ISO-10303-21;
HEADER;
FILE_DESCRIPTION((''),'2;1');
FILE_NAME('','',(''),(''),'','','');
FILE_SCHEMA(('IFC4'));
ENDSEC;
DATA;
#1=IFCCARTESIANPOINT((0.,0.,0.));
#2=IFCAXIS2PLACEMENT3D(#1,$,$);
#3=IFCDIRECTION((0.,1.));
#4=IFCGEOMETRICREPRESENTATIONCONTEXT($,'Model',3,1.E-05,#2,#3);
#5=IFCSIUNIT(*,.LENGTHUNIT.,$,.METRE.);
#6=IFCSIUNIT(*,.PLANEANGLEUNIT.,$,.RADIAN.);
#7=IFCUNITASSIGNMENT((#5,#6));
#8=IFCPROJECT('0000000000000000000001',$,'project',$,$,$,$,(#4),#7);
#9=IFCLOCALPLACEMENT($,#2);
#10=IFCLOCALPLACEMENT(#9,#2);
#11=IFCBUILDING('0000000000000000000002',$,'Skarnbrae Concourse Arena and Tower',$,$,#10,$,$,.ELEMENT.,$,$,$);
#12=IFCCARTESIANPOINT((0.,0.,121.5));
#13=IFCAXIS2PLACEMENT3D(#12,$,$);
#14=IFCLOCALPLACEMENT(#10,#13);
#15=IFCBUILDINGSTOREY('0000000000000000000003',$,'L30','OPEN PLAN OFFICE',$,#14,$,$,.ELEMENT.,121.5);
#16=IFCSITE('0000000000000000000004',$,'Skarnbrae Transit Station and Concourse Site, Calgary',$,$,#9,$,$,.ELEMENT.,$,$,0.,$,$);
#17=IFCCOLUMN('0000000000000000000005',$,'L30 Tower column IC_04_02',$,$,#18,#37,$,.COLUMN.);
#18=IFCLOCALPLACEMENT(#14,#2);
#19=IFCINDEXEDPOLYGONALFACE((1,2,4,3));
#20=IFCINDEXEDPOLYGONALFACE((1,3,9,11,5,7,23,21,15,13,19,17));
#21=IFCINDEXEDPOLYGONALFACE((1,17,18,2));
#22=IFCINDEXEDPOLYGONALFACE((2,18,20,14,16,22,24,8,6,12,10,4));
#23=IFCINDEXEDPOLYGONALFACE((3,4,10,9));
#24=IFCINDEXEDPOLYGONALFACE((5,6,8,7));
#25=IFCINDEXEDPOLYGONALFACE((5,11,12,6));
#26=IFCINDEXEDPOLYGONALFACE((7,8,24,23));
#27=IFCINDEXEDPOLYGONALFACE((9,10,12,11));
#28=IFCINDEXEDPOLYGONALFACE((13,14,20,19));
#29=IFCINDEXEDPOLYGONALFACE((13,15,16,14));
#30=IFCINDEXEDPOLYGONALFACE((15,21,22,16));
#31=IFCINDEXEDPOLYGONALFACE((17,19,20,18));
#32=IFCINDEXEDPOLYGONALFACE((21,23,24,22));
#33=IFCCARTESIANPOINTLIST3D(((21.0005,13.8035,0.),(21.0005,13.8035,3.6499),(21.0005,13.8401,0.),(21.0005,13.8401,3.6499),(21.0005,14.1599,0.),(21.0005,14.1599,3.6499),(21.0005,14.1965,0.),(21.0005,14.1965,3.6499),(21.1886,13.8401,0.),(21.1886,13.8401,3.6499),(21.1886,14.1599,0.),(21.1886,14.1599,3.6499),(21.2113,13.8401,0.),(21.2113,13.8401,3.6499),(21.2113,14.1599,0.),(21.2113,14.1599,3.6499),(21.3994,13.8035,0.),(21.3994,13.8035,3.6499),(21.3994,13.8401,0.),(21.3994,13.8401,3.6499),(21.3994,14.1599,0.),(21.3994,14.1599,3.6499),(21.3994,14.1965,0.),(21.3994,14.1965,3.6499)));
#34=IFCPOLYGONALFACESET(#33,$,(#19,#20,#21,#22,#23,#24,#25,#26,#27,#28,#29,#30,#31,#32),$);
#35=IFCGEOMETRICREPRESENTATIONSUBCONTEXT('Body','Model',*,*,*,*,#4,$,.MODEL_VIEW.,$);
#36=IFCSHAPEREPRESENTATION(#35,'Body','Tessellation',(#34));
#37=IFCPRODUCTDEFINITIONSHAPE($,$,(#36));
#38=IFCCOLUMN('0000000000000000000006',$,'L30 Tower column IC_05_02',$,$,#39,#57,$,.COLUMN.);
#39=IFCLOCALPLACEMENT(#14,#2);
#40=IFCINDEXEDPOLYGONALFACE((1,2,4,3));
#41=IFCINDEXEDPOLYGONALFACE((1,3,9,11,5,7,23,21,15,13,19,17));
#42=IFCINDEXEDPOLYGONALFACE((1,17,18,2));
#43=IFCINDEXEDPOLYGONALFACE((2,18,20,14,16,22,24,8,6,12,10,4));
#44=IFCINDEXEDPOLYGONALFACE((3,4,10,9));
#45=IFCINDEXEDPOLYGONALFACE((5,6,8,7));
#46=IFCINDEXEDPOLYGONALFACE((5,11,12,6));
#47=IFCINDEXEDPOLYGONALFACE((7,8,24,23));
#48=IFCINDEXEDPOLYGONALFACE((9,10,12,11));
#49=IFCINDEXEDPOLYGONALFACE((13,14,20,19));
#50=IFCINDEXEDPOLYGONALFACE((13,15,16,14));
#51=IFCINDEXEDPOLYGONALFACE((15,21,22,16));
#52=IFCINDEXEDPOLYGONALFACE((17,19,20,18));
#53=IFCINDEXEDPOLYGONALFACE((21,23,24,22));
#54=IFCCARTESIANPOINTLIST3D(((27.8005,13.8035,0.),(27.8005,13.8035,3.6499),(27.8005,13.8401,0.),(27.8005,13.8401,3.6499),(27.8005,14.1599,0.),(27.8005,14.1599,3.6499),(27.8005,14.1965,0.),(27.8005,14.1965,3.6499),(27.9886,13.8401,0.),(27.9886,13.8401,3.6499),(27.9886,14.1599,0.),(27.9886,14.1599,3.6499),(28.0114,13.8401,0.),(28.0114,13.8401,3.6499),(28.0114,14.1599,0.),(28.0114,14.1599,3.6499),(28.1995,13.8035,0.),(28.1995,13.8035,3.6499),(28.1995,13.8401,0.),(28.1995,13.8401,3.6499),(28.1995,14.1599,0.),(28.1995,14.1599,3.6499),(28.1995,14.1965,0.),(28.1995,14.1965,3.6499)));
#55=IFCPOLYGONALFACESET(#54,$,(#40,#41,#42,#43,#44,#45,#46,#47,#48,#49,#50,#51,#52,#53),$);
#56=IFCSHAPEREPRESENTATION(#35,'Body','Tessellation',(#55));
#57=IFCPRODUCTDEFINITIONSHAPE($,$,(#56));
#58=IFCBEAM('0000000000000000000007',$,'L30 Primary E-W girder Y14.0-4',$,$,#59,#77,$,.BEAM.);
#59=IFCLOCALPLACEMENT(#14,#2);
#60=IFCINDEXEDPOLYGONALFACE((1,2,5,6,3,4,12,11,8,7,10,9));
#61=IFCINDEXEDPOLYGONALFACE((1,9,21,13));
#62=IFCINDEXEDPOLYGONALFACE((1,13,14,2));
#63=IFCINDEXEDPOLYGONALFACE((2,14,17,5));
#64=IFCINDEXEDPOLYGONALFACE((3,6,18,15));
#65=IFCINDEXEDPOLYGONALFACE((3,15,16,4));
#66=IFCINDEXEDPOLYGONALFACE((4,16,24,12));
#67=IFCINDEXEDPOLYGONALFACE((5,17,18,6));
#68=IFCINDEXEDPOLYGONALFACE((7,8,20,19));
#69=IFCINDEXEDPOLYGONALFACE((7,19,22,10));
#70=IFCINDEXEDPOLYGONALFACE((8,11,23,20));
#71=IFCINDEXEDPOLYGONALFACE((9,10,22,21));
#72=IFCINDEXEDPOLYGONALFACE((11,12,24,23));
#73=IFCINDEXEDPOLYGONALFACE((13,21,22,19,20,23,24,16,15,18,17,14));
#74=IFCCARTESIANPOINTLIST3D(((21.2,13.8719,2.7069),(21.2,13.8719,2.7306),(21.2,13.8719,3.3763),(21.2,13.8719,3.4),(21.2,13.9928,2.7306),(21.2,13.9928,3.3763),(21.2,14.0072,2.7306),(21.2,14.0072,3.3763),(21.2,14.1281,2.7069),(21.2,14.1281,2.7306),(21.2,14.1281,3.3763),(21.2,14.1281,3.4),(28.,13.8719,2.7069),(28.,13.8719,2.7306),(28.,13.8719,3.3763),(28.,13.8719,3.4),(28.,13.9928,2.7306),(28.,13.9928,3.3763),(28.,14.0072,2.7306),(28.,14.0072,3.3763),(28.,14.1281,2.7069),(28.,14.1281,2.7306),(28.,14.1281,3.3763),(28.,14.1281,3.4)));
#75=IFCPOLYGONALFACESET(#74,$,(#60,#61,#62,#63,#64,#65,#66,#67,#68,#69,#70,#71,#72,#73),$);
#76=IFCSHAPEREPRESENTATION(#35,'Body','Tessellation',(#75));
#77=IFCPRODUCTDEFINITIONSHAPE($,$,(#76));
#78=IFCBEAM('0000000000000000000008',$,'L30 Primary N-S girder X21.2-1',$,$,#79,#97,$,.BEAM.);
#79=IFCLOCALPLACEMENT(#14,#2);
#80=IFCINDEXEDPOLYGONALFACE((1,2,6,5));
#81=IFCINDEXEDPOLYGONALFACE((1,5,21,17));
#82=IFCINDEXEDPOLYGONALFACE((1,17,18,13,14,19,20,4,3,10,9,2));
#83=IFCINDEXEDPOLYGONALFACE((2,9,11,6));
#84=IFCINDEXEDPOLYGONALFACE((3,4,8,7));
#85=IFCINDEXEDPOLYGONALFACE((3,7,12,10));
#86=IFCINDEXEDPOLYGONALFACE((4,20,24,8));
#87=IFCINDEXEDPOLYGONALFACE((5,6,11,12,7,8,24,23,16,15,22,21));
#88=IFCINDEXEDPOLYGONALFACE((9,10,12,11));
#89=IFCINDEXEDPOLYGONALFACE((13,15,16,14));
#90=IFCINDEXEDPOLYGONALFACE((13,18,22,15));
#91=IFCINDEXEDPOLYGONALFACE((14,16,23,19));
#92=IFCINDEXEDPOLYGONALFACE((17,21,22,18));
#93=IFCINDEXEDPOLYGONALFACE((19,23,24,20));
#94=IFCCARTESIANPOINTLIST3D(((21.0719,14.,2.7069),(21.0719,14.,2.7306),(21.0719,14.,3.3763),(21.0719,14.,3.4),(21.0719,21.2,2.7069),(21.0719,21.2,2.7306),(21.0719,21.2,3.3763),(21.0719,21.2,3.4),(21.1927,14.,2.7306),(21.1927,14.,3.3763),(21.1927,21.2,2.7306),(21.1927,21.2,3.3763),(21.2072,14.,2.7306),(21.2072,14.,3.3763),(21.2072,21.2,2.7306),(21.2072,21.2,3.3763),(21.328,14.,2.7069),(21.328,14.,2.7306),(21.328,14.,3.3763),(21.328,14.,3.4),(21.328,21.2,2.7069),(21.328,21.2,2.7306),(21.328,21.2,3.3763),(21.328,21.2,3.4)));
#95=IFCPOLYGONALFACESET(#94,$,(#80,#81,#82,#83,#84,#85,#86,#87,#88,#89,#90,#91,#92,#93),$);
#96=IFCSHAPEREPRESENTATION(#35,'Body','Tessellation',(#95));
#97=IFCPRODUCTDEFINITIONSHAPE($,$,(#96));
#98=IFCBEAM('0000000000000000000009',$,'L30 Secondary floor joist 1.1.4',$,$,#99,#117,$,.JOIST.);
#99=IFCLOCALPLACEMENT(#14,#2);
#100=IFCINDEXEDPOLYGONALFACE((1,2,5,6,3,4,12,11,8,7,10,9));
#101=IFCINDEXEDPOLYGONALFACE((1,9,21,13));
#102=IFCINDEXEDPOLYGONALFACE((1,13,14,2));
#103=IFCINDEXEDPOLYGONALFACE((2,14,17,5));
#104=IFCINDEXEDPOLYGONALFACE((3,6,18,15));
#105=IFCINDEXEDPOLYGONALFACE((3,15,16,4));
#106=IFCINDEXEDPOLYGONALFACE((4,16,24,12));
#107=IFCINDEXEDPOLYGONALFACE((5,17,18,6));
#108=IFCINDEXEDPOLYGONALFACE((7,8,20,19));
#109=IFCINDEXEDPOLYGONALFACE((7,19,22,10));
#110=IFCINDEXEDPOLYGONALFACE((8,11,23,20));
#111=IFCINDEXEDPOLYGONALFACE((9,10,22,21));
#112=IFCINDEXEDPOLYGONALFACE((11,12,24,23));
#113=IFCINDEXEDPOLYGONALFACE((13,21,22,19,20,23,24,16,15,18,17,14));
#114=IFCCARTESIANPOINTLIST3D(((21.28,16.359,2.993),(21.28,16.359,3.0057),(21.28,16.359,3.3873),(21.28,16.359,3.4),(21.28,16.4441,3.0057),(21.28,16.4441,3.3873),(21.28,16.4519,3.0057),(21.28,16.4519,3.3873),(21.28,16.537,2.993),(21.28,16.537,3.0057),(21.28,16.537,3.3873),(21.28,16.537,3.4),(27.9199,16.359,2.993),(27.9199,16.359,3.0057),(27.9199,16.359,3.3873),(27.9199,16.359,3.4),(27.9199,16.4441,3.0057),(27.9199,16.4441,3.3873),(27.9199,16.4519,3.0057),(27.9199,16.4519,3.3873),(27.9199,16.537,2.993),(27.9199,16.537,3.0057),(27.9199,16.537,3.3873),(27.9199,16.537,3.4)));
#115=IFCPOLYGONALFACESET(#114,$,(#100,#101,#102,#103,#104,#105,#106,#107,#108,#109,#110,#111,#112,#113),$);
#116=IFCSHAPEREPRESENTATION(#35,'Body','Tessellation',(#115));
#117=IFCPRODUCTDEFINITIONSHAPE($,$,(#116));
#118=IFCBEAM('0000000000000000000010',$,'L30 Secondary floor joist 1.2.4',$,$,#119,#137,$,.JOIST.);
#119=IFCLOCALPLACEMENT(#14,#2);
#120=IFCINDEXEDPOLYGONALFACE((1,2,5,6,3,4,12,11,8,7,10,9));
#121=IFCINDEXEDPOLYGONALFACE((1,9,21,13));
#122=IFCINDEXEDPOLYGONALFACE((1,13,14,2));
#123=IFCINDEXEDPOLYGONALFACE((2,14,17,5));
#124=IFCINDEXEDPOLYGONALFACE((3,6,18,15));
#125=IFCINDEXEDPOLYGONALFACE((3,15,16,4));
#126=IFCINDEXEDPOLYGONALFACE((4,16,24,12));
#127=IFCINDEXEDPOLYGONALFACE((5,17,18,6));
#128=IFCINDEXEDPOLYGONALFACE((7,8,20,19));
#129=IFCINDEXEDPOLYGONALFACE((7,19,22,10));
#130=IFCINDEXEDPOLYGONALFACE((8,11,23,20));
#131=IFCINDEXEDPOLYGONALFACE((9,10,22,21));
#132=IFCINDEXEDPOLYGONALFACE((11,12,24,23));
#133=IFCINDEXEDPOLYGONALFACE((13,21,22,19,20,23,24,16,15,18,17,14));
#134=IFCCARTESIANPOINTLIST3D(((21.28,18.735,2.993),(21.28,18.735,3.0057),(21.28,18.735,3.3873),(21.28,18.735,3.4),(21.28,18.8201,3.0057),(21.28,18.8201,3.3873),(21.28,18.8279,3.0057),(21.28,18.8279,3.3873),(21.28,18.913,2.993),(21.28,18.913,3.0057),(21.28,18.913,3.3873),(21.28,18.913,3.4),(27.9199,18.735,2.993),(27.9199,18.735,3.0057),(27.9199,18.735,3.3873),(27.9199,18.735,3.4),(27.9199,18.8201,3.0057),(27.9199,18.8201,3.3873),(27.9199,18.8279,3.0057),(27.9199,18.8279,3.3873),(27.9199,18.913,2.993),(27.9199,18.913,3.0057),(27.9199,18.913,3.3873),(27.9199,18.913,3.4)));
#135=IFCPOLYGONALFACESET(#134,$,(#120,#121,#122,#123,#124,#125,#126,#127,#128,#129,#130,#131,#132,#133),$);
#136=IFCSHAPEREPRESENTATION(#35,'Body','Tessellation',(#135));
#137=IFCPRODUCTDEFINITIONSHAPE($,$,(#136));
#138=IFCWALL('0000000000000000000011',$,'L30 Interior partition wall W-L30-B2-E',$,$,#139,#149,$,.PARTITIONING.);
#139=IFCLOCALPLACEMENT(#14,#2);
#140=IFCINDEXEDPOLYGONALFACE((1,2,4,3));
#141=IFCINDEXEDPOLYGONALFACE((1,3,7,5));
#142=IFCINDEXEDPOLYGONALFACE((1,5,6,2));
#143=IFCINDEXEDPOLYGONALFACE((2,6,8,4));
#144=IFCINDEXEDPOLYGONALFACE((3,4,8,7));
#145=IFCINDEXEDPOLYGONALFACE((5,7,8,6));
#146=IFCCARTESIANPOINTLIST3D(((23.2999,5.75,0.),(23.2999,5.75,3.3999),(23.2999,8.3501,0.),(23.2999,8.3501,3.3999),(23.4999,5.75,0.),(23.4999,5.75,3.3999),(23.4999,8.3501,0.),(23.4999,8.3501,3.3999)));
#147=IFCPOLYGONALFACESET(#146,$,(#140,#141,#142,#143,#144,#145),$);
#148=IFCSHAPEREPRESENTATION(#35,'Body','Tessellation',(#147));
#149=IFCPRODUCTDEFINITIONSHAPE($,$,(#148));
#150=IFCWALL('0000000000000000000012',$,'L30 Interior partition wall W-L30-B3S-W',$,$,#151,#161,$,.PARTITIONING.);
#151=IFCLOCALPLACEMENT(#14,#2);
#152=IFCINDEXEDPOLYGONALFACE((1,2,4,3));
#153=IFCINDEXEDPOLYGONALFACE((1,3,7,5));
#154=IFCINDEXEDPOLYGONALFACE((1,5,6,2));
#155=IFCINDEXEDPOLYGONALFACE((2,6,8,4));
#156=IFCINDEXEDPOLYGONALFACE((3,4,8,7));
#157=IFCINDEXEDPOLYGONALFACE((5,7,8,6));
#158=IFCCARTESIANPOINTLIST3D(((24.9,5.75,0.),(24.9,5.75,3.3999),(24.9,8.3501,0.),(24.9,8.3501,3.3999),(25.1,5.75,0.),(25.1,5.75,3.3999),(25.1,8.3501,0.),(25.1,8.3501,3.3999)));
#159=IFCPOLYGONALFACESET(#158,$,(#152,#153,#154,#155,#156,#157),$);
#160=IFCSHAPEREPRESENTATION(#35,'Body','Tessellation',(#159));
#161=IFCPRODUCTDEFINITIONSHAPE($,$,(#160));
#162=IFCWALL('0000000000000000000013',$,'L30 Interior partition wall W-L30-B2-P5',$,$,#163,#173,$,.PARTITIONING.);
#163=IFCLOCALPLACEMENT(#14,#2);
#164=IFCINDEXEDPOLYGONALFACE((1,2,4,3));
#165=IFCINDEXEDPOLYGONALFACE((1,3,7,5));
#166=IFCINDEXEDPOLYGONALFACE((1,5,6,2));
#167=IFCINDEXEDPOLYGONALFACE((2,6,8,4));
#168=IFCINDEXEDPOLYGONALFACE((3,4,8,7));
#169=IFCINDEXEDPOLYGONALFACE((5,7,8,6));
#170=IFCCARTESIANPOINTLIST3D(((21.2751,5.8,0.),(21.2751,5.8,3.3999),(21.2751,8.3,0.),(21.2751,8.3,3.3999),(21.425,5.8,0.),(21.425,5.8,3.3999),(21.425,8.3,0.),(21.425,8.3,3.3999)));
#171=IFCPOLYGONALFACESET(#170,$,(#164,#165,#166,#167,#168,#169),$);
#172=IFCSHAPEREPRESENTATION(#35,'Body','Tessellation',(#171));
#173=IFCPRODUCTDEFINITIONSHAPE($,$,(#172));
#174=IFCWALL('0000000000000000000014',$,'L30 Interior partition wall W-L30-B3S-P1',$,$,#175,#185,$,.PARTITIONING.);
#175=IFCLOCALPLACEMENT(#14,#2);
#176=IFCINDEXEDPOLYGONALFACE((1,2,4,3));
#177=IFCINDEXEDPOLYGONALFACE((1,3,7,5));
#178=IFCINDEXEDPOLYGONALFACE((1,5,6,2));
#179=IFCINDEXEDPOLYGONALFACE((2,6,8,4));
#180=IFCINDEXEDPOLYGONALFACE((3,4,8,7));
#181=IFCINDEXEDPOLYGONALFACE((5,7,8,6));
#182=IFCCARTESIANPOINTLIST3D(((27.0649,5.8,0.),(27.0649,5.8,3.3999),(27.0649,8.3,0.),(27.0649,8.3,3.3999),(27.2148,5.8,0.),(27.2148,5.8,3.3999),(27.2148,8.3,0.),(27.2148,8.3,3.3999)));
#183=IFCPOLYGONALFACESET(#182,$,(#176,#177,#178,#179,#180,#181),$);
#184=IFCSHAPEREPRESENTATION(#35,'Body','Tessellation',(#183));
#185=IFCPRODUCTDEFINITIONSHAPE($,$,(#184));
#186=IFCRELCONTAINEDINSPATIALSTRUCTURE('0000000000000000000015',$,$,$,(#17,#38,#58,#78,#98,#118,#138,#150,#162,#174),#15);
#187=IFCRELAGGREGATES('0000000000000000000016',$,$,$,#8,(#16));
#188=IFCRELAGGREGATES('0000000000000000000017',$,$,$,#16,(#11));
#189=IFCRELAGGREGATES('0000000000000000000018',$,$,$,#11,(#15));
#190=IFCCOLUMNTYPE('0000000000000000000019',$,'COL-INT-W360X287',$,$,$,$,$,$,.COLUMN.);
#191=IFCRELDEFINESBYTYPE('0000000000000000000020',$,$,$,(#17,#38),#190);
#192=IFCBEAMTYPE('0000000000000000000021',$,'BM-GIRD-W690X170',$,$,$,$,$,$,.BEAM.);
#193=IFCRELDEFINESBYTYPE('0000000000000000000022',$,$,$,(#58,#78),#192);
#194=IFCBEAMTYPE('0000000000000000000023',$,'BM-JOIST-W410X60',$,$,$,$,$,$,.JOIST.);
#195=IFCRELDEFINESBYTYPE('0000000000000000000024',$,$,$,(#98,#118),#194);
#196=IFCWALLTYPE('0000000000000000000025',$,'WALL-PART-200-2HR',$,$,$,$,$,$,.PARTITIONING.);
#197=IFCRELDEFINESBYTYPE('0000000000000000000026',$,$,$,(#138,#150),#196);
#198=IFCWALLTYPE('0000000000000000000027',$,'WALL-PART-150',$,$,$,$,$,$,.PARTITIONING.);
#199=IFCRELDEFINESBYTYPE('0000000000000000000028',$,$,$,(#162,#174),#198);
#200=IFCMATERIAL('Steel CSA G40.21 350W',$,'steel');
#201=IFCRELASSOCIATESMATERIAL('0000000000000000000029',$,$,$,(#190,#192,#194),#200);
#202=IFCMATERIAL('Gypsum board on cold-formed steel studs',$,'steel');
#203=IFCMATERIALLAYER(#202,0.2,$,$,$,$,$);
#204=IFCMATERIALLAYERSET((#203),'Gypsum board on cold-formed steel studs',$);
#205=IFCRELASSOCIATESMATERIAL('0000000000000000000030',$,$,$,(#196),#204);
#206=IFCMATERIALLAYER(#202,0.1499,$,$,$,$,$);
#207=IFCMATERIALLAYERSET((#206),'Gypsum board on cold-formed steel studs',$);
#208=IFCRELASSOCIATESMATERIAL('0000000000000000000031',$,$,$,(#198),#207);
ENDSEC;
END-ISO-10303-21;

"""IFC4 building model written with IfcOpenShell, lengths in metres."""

from ifc_helpers import new_model, si_unit, direction, frame, frame_2d, origin, origin_2d, place, context, subcontext, project, spatial, rectangle, i_section, extrude, source, transform, mapped, material, layer, layer_set, material_profile, profile_set, type_object, element, save


model = new_model("IFC4")

# Units and contexts
model_context = context("Model", 3, precision=1e-05, world=origin(), true_north=direction((0.0, 1.0)))
body_context = subcontext(model_context, "Body", "Model", "MODEL_VIEW")
ifc_project = project(units=[si_unit("LENGTHUNIT", "METRE"), si_unit("PLANEANGLEUNIT", "RADIAN")], contexts=[model_context])

# Site, building, storey
site_placement = place(None, origin())
site = spatial("IfcSite", under=ifc_project, at=site_placement, Name="Skarnbrae Transit Station and Concourse Site, Calgary", CompositionType="ELEMENT", RefElevation=0.0)
building_placement = place(site_placement, origin())
building = spatial("IfcBuilding", under=site, at=building_placement, Name="Skarnbrae Concourse Arena and Tower", CompositionType="ELEMENT")
storey_placement = place(building_placement, frame((0.0, 0.0, 121.5)))
storey = spatial("IfcBuildingStorey", under=building, at=storey_placement, Name="L30", Description="OPEN PLAN OFFICE", CompositionType="ELEMENT", Elevation=121.5)

# Columns
ifc_material_1 = material(Name="Steel CSA G40.21 350W", Category="steel")
ifc_material_profile_1 = material_profile(ifc_material_1, i_section(OverallWidth=0.3989, OverallDepth=0.3931, WebThickness=0.0227, FlangeThickness=0.0366, at=origin_2d()), Name="W360X287")
ifc_profile_set_1 = profile_set([ifc_material_profile_1], Name="Steel CSA G40.21 350W")
column_type = type_object("IfcColumnType", Name="COL-INT-W360X287", PredefinedType="COLUMN", material=ifc_profile_set_1)
shared_shape_1 = source(origin(), body_context, "Body", "SweptSolid", [
    extrude(i_section(OverallWidth=0.3989, OverallDepth=0.3931, WebThickness=0.0227, FlangeThickness=0.0366, at=origin_2d()), origin(), (0.0, 0.0, 1.0), 3.6499),
])
for number, where, z_axis, x_axis, name in (
    (1, (21.2, 14.0, 0.0), (0.0, 0.0, 1.0), (1.0, 0.0, 0.0), "L30 Tower column IC_04_02"),
    (2, (28.0, 14.0, 0.0), (0.0, 0.0, 1.0), (1.0, 0.0, 0.0), "L30 Tower column IC_05_02"),
):
    element("IfcColumn", number, at=place(storey_placement, frame(where, z_axis=z_axis, x_axis=x_axis)), inside=storey, type_object=column_type, Name=name, PredefinedType="COLUMN", context=body_context, shape_type="MappedRepresentation", body=[
        mapped(shared_shape_1, transform((0.0, 0.0, 0.0))),
    ])

# Beams
ifc_material_profile_2 = material_profile(ifc_material_1, i_section(OverallWidth=0.2561, OverallDepth=0.6931, WebThickness=0.0144, FlangeThickness=0.0237, at=origin_2d()), Name="W690X170")
ifc_profile_set_2 = profile_set([ifc_material_profile_2], Name="Steel CSA G40.21 350W")
beam_type_1 = type_object("IfcBeamType", Name="BM-GIRD-W690X170", PredefinedType="BEAM", material=ifc_profile_set_2)
shared_shape_2 = source(origin(), body_context, "Body", "SweptSolid", [
    extrude(i_section(OverallWidth=0.2561, OverallDepth=0.6931, WebThickness=0.0144, FlangeThickness=0.0237, at=origin_2d()), origin(), (0.0, 0.0, 1.0), 6.8),
])
beam_1_placement = place(storey_placement, frame((21.2, 14.0, 3.0535), z_axis=(1.0, 0.0, 0.0), x_axis=(0.0, 1.0, 0.0)))
element("IfcBeam", 3, at=beam_1_placement, inside=storey, type_object=beam_type_1, Name="L30 Primary E-W girder Y14.0-4", PredefinedType="BEAM", context=body_context, shape_type="MappedRepresentation", body=[
    mapped(shared_shape_2, transform((0.0, 0.0, 0.0))),
])
shared_shape_3 = source(origin(), body_context, "Body", "SweptSolid", [
    extrude(i_section(OverallWidth=0.2561, OverallDepth=0.6931, WebThickness=0.0144, FlangeThickness=0.0237, at=origin_2d()), origin(), (0.0, 0.0, 1.0), 7.2),
])
beam_2_placement = place(storey_placement, frame((21.2, 14.0, 3.0535), z_axis=(0.0, 1.0, 0.0), x_axis=(-1.0, 0.0, 0.0)))
element("IfcBeam", 4, at=beam_2_placement, inside=storey, type_object=beam_type_1, Name="L30 Primary N-S girder X21.2-1", PredefinedType="BEAM", context=body_context, shape_type="MappedRepresentation", body=[
    mapped(shared_shape_3, transform((0.0, 0.0, 0.0))),
])
ifc_material_profile_3 = material_profile(ifc_material_1, i_section(OverallWidth=0.178, OverallDepth=0.407, WebThickness=0.0078, FlangeThickness=0.0127, at=origin_2d()), Name="W410X60")
ifc_profile_set_3 = profile_set([ifc_material_profile_3], Name="Steel CSA G40.21 350W")
beam_type_2 = type_object("IfcBeamType", Name="BM-JOIST-W410X60", PredefinedType="JOIST", material=ifc_profile_set_3)
shared_shape_4 = source(origin(), body_context, "Body", "SweptSolid", [
    extrude(i_section(OverallWidth=0.178, OverallDepth=0.407, WebThickness=0.0078, FlangeThickness=0.0127, at=origin_2d()), origin(), (0.0, 0.0, 1.0), 6.6399),
])
for number, where, z_axis, x_axis, name in (
    (5, (21.28, 16.448, 3.1965), (1.0, 0.0, 0.0), (0.0, 1.0, 0.0), "L30 Secondary floor joist 1.1.4"),
    (6, (21.28, 18.824, 3.1965), (1.0, 0.0, 0.0), (0.0, 1.0, 0.0), "L30 Secondary floor joist 1.2.4"),
):
    element("IfcBeam", number, at=place(storey_placement, frame(where, z_axis=z_axis, x_axis=x_axis)), inside=storey, type_object=beam_type_2, Name=name, PredefinedType="JOIST", context=body_context, shape_type="MappedRepresentation", body=[
        mapped(shared_shape_4, transform((0.0, 0.0, 0.0))),
    ])

# Walls
ifc_material_2 = material(Name="Gypsum board on cold-formed steel studs", Category="steel")
ifc_layer_1 = layer(ifc_material_2, 0.2)
ifc_layer_set_1 = layer_set([ifc_layer_1], Name="Gypsum board on cold-formed steel studs")
wall_type_1 = type_object("IfcWallType", Name="WALL-PART-200-2HR", PredefinedType="PARTITIONING", material=ifc_layer_set_1)
shared_shape_5 = source(origin(), body_context, "Body", "SweptSolid", [
    extrude(rectangle(XDim=2.6001, YDim=0.2, at=frame_2d((1.3, 0.0))), origin(), (0.0, 0.0, 1.0), 3.3999),
])
for number, where, z_axis, x_axis, name in (
    (7, (23.3999, 5.75, 0.0), (0.0, 0.0, 1.0), (0.0, 1.0, 0.0), "L30 Interior partition wall W-L30-B2-E"),
    (8, (25.0, 5.75, 0.0), (0.0, 0.0, 1.0), (0.0, 1.0, 0.0), "L30 Interior partition wall W-L30-B3S-W"),
):
    element("IfcWall", number, at=place(storey_placement, frame(where, z_axis=z_axis, x_axis=x_axis)), inside=storey, type_object=wall_type_1, Name=name, PredefinedType="PARTITIONING", context=body_context, shape_type="MappedRepresentation", body=[
        mapped(shared_shape_5, transform((0.0, 0.0, 0.0))),
    ])
ifc_layer_2 = layer(ifc_material_2, 0.1499)
ifc_layer_set_2 = layer_set([ifc_layer_2], Name="Gypsum board on cold-formed steel studs")
wall_type_2 = type_object("IfcWallType", Name="WALL-PART-150", PredefinedType="PARTITIONING", material=ifc_layer_set_2)
shared_shape_6 = source(origin(), body_context, "Body", "SweptSolid", [
    extrude(rectangle(XDim=2.5, YDim=0.1499, at=frame_2d((1.25, 0.0))), origin(), (0.0, 0.0, 1.0), 3.3999),
])
for number, where, z_axis, x_axis, name in (
    (9, (21.3501, 5.8, 0.0), (0.0, 0.0, 1.0), (0.0, 1.0, 0.0), "L30 Interior partition wall W-L30-B2-P5"),
    (10, (27.1399, 5.8, 0.0), (0.0, 0.0, 1.0), (0.0, 1.0, 0.0), "L30 Interior partition wall W-L30-B3S-P1"),
):
    element("IfcWall", number, at=place(storey_placement, frame(where, z_axis=z_axis, x_axis=x_axis)), inside=storey, type_object=wall_type_2, Name=name, PredefinedType="PARTITIONING", context=body_context, shape_type="MappedRepresentation", body=[
        mapped(shared_shape_6, transform((0.0, 0.0, 0.0))),
    ])

save(model, "model.ifc")
